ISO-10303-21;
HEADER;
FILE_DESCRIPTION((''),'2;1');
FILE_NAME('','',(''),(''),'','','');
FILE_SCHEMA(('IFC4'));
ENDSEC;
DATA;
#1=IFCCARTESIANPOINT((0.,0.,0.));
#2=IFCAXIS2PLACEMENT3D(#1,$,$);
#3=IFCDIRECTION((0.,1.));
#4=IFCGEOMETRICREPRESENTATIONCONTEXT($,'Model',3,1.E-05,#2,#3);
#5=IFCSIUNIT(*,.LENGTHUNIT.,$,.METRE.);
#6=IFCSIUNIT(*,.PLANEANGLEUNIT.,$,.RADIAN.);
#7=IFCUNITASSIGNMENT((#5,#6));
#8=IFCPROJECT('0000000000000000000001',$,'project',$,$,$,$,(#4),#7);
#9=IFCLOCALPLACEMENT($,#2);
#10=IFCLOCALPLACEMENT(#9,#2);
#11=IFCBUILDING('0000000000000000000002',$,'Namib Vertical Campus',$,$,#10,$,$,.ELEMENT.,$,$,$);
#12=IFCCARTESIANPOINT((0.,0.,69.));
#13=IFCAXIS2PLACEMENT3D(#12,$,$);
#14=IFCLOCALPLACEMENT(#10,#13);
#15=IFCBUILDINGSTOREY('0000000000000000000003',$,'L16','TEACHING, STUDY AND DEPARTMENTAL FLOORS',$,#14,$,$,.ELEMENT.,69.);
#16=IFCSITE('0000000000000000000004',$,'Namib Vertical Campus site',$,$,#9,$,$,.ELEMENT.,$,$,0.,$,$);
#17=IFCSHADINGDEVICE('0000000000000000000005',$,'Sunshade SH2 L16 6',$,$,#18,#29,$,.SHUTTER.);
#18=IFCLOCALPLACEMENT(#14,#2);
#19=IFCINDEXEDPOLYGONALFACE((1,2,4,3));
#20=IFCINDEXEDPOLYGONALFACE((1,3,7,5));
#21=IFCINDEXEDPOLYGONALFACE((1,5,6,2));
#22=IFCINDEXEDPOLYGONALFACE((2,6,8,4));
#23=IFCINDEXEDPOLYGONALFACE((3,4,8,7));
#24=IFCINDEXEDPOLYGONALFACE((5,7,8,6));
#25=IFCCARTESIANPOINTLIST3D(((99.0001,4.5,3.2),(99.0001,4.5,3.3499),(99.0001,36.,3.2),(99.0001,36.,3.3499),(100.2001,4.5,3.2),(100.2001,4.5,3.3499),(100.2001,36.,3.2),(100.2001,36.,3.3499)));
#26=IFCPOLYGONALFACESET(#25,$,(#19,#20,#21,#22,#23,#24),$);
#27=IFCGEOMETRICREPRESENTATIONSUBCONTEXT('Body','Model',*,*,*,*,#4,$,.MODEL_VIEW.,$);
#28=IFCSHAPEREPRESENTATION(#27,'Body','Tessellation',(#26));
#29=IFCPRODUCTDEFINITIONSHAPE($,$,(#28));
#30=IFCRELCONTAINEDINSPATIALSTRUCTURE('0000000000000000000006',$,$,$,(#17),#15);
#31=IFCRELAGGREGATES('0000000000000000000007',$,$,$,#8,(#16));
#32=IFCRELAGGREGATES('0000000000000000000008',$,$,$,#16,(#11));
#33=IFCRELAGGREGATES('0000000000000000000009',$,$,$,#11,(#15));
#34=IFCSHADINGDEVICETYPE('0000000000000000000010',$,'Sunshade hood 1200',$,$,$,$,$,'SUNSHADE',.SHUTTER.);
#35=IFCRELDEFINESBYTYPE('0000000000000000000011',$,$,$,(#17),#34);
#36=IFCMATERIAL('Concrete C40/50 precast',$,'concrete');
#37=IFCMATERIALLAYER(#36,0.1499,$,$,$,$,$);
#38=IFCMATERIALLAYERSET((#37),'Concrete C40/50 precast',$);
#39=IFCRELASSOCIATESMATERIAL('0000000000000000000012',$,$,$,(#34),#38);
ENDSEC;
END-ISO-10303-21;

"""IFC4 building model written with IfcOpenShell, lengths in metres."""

from ifc_helpers import new_model, si_unit, direction, frame, origin, origin_2d, place, context, subcontext, project, spatial, rectangle, extrude, material, layer, layer_set, type_object, element, save


model = new_model("IFC4")

# Units and contexts
model_context = context("Model", 3, precision=1e-05, world=origin(), true_north=direction((0.0, 1.0)))
body_context = subcontext(model_context, "Body", "Model", "MODEL_VIEW")
ifc_project = project(units=[si_unit("LENGTHUNIT", "METRE"), si_unit("PLANEANGLEUNIT", "RADIAN")], contexts=[model_context])

# Site, building, storey
site_placement = place(None, origin())
site = spatial("IfcSite", under=ifc_project, at=site_placement, Name="Namib Vertical Campus site", CompositionType="ELEMENT", RefElevation=0.0)
building_placement = place(site_placement, origin())
building = spatial("IfcBuilding", under=site, at=building_placement, Name="Namib Vertical Campus", CompositionType="ELEMENT")
storey_placement = place(building_placement, frame((0.0, 0.0, 69.0)))
storey = spatial("IfcBuildingStorey", under=building, at=storey_placement, Name="L16", Description="TEACHING, STUDY AND DEPARTMENTAL FLOORS", CompositionType="ELEMENT", Elevation=69.0)

# Shading device
ifc_material_1 = material(Name="Concrete C40/50 precast", Category="concrete")
ifc_layer_1 = layer(ifc_material_1, 0.1499)
ifc_layer_set_1 = layer_set([ifc_layer_1], Name="Concrete C40/50 precast")
shading_device_type = type_object("IfcShadingDeviceType", Name="Sunshade hood 1200", ElementType="SUNSHADE", PredefinedType="SHUTTER", material=ifc_layer_set_1)
shading_device_placement = place(storey_placement, frame((99.6001, 20.25, 3.2), z_axis=(0.0, 0.0, 1.0), x_axis=(0.0, 1.0, 0.0)))
element("IfcShadingDevice", 1, at=shading_device_placement, inside=storey, type_object=shading_device_type, Name="Sunshade SH2 L16 6", PredefinedType="SHUTTER", context=body_context, shape_type="SweptSolid", body=[
    extrude(rectangle(XDim=31.5, YDim=1.2, at=origin_2d()), origin(), (0.0, 0.0, 1.0), 0.1499),
])

save(model, "model.ifc")
